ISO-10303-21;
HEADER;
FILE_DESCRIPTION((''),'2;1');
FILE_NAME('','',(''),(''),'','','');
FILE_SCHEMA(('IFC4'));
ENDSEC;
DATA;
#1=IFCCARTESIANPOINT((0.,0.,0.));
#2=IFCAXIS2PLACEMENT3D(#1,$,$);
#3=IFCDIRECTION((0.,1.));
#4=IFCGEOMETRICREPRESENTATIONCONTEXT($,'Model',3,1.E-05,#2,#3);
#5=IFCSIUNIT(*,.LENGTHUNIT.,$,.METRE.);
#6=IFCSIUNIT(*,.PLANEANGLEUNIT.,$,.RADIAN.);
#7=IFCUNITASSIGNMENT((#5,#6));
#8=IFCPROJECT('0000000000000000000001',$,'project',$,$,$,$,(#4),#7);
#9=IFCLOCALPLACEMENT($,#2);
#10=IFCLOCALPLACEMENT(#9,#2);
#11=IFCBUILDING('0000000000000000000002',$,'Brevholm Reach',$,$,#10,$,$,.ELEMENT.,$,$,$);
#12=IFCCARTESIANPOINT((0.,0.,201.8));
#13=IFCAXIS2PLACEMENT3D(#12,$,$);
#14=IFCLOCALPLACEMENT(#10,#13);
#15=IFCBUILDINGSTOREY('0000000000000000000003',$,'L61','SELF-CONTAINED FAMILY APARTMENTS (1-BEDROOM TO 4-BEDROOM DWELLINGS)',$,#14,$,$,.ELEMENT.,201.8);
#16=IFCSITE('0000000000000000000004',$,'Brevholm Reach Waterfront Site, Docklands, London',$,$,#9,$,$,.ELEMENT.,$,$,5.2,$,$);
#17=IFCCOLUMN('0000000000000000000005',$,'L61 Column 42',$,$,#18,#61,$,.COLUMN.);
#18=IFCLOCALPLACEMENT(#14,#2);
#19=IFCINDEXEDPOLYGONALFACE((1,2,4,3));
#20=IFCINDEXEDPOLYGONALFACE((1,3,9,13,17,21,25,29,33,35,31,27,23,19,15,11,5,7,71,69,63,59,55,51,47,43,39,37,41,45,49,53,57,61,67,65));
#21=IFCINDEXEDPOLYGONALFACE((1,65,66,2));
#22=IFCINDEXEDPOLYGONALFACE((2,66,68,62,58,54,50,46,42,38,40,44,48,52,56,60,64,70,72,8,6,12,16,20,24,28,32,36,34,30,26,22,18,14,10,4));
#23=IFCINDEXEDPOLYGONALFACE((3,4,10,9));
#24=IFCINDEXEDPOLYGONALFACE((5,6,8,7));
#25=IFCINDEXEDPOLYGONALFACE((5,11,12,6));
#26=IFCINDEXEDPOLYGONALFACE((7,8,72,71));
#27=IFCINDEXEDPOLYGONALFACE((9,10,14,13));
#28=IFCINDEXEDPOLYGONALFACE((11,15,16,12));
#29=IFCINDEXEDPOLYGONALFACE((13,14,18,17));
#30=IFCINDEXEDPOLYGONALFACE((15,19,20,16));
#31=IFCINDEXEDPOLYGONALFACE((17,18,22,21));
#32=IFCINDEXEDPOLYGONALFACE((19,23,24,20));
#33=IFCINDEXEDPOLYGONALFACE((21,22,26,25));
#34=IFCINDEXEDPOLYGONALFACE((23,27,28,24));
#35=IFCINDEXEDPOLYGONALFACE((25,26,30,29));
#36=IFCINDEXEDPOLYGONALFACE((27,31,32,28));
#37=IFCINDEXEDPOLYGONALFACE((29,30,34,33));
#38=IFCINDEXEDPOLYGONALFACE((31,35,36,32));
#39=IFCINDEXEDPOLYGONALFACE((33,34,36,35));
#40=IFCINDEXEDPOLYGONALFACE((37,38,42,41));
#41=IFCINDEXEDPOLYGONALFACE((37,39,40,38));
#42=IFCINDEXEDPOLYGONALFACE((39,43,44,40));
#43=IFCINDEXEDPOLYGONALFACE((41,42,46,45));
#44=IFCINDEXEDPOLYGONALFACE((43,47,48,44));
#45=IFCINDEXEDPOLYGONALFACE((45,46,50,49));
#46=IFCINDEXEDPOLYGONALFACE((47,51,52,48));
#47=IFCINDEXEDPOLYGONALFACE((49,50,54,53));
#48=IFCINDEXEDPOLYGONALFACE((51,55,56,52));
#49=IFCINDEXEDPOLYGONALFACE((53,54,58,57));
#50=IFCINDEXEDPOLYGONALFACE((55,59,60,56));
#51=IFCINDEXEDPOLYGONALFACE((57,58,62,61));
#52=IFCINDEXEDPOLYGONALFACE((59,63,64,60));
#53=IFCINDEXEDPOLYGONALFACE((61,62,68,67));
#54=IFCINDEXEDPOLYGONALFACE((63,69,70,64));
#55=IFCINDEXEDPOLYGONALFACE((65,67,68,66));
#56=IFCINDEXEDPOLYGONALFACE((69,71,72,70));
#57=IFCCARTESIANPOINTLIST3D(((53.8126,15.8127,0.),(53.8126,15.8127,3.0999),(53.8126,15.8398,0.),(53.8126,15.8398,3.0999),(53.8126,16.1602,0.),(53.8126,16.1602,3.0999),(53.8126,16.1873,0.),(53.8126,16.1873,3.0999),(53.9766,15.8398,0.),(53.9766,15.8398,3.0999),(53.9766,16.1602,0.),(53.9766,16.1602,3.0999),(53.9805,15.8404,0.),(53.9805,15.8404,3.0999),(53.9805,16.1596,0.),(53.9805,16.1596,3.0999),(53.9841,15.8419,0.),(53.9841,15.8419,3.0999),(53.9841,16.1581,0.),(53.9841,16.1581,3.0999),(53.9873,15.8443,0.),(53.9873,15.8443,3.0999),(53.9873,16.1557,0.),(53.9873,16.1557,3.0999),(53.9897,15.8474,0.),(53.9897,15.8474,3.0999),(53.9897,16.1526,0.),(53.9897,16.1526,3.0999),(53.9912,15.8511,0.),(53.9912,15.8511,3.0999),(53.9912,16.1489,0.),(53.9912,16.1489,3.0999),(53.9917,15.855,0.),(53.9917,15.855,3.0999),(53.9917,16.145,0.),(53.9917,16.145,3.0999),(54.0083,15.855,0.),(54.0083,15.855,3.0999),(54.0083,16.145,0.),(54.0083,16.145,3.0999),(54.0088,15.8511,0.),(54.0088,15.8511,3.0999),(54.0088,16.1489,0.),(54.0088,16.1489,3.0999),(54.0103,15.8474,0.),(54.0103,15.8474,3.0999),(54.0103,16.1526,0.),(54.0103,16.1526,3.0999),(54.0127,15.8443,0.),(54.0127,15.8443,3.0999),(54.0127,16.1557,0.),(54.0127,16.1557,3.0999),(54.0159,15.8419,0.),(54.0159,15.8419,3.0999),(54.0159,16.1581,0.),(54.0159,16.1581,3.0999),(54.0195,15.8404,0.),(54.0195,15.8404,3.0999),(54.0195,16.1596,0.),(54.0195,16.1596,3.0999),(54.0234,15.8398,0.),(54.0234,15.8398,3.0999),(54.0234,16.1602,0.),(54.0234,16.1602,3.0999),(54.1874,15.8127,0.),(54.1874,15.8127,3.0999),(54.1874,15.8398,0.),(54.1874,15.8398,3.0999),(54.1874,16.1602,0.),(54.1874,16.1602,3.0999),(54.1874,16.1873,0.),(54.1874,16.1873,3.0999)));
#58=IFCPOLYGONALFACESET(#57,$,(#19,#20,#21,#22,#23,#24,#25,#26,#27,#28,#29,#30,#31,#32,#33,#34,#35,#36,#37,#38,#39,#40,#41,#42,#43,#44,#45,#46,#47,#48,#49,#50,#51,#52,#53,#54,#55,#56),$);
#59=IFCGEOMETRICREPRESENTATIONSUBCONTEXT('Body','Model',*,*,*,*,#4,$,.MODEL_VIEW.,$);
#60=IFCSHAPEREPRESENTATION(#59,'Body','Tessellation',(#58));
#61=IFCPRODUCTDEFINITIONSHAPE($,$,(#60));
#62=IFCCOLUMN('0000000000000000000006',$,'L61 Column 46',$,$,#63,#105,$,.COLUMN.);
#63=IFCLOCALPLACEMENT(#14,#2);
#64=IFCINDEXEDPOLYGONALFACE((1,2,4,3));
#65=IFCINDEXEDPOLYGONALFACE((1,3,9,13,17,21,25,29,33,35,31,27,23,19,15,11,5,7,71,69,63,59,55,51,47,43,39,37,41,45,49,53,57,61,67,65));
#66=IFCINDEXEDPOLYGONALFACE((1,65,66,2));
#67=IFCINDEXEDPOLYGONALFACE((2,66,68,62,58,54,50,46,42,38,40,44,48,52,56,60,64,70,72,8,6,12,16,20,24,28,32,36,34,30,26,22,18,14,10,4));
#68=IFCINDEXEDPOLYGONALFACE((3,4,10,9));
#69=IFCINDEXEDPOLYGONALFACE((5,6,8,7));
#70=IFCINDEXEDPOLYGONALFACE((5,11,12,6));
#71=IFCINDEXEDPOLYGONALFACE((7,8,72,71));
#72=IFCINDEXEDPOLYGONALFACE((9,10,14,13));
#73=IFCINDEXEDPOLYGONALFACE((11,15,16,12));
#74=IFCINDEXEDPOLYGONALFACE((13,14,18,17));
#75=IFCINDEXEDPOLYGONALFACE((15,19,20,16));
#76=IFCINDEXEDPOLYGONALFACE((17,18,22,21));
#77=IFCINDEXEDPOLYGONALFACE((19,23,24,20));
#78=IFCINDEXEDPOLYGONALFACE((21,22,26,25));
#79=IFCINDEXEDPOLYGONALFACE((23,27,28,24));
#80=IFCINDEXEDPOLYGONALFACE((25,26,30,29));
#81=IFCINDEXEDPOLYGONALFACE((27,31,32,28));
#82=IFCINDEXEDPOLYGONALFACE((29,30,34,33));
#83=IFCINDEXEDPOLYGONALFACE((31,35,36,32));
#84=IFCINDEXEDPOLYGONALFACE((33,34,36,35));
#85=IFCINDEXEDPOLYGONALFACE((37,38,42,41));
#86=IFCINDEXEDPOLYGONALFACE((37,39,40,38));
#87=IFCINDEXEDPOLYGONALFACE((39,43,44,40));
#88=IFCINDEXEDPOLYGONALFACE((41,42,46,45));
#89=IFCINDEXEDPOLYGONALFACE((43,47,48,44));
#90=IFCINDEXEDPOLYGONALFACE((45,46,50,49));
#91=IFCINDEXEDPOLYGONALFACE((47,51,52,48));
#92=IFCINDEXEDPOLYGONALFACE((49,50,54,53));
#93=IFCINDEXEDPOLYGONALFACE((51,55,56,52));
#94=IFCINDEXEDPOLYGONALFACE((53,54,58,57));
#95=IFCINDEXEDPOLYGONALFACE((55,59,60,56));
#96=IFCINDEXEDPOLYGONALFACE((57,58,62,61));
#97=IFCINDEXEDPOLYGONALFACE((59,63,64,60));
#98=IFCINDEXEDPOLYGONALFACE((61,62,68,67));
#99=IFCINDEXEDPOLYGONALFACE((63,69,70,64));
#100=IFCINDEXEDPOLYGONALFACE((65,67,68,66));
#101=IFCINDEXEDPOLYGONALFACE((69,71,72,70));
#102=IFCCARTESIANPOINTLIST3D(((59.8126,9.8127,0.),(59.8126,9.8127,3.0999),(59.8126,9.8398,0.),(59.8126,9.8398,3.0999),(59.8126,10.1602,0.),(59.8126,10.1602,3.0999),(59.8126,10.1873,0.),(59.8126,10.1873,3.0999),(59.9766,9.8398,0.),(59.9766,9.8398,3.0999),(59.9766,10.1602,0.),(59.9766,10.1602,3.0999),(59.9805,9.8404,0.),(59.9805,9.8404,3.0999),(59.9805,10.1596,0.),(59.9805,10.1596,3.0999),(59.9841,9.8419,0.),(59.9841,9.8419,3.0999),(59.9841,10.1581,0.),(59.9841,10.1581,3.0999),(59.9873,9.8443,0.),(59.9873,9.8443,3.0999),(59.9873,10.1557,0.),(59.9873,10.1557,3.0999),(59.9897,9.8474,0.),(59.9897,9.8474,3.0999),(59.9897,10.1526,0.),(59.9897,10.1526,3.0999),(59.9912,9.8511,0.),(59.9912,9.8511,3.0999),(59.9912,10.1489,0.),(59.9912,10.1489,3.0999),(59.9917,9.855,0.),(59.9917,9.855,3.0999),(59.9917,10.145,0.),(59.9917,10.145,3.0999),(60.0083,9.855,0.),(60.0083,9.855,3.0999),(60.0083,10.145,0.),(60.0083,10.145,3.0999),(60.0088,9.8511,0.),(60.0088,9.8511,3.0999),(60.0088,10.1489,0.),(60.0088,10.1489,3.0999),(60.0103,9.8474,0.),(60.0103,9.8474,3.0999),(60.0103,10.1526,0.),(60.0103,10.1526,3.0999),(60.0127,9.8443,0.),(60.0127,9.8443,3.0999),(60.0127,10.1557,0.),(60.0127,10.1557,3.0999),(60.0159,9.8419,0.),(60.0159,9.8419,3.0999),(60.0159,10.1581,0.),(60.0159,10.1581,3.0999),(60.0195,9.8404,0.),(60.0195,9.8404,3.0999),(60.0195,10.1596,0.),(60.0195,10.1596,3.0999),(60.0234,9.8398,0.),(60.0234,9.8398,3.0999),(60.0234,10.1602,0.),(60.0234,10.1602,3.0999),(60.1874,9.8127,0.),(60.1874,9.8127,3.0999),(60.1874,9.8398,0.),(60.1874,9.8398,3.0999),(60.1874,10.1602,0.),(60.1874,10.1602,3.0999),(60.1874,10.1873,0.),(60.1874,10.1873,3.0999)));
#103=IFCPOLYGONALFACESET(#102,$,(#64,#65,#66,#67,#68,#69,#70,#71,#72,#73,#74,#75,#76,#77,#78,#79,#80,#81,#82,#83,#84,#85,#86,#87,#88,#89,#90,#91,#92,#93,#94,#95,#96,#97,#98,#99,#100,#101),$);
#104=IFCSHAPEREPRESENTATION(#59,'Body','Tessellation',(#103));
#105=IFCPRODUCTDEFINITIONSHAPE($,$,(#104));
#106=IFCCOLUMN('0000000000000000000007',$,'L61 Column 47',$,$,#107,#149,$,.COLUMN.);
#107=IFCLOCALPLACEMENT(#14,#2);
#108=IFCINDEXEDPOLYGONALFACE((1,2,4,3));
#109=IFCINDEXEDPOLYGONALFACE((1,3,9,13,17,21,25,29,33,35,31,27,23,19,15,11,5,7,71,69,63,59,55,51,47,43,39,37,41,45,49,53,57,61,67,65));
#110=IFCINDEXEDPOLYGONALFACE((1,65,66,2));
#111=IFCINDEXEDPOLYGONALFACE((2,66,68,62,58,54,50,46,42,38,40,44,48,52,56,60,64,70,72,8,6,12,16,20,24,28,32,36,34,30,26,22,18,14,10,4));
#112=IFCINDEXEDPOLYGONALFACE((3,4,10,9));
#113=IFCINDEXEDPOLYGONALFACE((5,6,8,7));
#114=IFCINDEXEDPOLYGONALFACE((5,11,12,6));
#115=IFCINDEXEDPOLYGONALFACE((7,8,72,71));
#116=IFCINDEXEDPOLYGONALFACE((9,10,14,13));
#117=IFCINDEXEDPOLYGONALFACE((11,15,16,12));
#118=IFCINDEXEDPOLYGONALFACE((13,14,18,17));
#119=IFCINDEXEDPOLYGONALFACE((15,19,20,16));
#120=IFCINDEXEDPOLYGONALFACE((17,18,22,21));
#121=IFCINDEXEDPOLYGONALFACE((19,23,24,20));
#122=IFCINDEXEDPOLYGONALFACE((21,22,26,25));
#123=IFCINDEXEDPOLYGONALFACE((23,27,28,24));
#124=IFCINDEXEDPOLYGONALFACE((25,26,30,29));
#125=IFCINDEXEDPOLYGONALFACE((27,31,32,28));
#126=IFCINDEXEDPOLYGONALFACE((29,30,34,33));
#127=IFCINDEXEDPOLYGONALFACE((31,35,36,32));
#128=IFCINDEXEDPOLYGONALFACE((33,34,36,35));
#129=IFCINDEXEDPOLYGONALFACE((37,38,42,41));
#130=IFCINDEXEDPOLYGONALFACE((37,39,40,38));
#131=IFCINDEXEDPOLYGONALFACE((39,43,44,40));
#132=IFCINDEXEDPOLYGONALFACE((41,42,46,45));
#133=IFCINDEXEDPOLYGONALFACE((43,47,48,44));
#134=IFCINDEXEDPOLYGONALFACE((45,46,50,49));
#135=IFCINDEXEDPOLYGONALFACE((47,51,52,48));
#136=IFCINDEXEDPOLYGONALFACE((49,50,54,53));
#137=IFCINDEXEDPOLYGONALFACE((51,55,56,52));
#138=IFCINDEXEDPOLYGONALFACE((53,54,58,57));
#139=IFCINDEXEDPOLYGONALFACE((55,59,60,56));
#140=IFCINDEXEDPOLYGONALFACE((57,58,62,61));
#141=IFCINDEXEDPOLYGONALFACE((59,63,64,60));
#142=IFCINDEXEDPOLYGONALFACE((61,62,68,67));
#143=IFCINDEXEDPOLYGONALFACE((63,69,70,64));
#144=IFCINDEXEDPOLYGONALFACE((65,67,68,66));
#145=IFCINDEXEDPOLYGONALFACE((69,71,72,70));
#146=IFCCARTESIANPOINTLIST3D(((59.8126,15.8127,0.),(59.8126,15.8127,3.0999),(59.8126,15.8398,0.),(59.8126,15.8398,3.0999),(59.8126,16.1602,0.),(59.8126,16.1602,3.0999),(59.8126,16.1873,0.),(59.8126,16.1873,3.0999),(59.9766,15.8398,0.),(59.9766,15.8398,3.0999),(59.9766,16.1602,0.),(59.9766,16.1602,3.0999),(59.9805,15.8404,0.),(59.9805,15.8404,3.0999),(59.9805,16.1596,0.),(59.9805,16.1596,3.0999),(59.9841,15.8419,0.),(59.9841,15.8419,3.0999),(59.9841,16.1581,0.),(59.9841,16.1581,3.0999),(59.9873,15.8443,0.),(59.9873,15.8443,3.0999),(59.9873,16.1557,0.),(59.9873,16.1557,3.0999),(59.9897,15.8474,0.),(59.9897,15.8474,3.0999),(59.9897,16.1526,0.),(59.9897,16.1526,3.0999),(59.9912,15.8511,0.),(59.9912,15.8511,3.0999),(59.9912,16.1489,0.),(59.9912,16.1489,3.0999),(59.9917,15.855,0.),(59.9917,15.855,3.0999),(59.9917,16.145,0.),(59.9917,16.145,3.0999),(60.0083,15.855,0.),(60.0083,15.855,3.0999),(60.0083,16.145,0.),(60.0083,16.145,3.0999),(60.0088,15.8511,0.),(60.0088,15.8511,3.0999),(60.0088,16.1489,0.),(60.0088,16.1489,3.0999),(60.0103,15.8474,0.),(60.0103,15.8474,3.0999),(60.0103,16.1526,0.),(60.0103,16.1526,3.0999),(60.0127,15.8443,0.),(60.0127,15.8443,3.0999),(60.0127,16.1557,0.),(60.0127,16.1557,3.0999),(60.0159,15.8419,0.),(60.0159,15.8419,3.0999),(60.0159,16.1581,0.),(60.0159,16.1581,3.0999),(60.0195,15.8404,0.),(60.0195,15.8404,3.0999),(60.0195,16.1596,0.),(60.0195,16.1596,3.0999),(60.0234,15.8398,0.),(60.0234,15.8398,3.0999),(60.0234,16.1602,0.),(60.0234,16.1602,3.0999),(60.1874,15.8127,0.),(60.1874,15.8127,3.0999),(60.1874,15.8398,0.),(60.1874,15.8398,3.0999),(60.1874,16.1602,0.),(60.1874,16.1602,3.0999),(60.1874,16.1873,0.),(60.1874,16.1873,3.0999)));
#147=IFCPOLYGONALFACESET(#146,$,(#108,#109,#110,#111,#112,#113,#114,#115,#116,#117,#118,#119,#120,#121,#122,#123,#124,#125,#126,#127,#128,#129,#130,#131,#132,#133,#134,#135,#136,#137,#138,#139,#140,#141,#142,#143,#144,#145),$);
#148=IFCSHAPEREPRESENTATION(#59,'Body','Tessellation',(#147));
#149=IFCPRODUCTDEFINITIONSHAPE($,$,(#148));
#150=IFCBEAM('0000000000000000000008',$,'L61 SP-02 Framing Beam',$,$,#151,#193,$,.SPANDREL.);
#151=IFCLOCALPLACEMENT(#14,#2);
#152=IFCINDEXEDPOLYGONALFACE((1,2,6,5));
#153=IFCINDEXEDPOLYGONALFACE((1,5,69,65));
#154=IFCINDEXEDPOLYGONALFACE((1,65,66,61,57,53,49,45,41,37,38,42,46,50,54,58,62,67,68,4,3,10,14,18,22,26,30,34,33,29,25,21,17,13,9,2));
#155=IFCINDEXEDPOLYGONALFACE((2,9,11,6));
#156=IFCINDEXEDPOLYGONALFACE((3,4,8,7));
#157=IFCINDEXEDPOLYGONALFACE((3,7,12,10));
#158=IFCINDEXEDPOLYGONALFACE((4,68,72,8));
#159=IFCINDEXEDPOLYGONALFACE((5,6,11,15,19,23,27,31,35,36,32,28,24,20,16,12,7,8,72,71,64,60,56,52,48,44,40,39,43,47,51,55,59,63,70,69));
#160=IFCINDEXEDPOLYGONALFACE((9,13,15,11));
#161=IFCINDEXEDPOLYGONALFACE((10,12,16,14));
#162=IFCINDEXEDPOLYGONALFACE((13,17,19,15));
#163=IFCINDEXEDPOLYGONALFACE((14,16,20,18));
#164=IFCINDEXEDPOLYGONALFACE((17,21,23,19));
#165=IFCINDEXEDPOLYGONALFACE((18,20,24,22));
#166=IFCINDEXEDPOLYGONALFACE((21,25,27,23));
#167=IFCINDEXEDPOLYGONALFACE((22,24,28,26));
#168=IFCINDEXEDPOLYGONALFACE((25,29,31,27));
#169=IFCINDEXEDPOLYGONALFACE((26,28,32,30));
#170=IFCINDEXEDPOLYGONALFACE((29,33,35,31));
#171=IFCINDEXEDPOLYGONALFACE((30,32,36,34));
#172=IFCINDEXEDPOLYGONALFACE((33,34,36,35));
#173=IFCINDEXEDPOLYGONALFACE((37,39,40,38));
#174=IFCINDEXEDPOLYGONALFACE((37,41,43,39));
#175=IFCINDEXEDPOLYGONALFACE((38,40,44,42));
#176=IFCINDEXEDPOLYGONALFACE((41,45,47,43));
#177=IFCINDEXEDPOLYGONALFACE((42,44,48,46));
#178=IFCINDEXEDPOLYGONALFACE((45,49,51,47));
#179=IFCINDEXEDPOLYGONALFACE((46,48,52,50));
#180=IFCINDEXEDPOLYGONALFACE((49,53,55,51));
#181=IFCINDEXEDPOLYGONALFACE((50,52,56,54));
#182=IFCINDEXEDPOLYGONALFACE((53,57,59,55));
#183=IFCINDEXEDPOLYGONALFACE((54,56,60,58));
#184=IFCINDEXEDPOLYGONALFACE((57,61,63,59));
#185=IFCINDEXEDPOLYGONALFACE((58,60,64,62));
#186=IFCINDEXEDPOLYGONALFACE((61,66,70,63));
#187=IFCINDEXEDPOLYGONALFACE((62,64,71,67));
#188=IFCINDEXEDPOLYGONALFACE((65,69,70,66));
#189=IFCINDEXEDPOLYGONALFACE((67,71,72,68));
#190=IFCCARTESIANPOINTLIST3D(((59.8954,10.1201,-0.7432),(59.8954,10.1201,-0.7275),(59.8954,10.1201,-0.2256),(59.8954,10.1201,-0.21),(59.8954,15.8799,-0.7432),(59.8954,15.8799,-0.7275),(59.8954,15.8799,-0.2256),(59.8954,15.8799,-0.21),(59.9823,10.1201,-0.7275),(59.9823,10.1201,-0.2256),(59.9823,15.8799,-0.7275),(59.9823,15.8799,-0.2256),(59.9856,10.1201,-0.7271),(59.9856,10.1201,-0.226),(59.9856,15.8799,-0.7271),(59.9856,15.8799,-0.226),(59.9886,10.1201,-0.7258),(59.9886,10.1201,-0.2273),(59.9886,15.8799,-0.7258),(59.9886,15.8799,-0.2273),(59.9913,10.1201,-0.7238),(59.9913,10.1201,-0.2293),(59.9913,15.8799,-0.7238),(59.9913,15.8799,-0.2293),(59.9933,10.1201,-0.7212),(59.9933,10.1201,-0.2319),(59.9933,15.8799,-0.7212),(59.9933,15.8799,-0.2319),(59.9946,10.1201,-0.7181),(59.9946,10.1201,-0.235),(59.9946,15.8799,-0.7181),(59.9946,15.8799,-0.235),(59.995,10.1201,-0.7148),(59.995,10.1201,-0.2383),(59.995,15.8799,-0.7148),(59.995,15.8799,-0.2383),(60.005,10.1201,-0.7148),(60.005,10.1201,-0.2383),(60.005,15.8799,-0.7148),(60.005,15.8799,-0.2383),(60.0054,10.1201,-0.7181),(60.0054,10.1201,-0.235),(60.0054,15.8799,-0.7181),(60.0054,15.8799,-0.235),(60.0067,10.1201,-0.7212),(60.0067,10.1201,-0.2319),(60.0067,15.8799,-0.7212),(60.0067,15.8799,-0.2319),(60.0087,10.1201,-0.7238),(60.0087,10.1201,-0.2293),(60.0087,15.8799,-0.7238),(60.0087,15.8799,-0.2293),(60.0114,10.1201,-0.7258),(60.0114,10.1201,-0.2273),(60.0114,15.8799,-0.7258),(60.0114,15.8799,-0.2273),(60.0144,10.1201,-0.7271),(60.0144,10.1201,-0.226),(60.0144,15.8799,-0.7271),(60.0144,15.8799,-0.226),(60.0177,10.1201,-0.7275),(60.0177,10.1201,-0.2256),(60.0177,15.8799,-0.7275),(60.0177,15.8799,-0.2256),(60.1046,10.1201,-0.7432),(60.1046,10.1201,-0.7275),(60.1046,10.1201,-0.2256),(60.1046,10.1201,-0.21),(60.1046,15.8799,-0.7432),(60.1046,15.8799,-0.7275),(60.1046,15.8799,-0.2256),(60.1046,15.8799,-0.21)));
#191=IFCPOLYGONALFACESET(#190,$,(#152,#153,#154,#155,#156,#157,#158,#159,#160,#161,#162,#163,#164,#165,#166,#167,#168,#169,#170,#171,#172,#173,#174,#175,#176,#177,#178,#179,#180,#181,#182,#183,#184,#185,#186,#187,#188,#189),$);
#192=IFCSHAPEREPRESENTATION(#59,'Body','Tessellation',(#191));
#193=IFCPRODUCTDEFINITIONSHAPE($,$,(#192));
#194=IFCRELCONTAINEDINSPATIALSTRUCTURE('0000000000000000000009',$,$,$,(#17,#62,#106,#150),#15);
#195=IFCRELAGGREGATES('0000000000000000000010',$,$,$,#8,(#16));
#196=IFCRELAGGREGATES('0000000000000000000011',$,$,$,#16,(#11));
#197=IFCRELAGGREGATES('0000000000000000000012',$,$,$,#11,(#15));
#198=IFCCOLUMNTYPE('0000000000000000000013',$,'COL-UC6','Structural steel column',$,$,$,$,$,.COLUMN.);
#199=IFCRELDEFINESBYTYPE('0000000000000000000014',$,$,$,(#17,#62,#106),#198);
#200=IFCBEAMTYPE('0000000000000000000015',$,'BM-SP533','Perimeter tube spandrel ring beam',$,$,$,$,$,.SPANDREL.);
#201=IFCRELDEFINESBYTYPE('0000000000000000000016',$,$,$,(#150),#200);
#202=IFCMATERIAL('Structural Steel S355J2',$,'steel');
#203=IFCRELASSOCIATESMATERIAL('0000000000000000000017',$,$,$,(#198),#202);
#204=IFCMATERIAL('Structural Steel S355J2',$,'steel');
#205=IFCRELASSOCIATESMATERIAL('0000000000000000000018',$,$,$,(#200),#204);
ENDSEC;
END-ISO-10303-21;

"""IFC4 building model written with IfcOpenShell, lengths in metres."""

from ifc_helpers import new_model, si_unit, direction, frame, origin, origin_2d, place, context, subcontext, project, spatial, i_section, extrude, material, material_profile, profile_set, type_object, element, save


model = new_model("IFC4")

# Units and contexts
model_context = context("Model", 3, precision=1e-05, world=origin(), true_north=direction((0.0, 1.0)))
body_context = subcontext(model_context, "Body", "Model", "MODEL_VIEW")
ifc_project = project(units=[si_unit("LENGTHUNIT", "METRE"), si_unit("PLANEANGLEUNIT", "RADIAN")], contexts=[model_context])

# Site, building, storey
site_placement = place(None, origin())
site = spatial("IfcSite", under=ifc_project, at=site_placement, Name="Brevholm Reach Waterfront Site, Docklands, London", CompositionType="ELEMENT", RefElevation=5.2)
building_placement = place(site_placement, origin())
building = spatial("IfcBuilding", under=site, at=building_placement, Name="Brevholm Reach", CompositionType="ELEMENT")
storey_placement = place(building_placement, frame((0.0, 0.0, 201.8)))
storey = spatial("IfcBuildingStorey", under=building, at=storey_placement, Name="L61", Description="SELF-CONTAINED FAMILY APARTMENTS (1-BEDROOM TO 4-BEDROOM DWELLINGS)", CompositionType="ELEMENT", Elevation=201.8)

# Columns
ifc_material_1 = material(Name="Structural Steel S355J2", Category="steel")
ifc_material_profile_1 = material_profile(ifc_material_1, i_section(OverallWidth=0.3748, OverallDepth=0.3745, WebThickness=0.0166, FlangeThickness=0.0271, FilletRadius=0.0151, at=origin_2d()), Name="UKC 356x368x202")
ifc_profile_set_1 = profile_set([ifc_material_profile_1], Name="Structural Steel S355J2")
column_type = type_object("IfcColumnType", Name="COL-UC6", Description="Structural steel column", PredefinedType="COLUMN", material=ifc_profile_set_1)
for number, where, z_axis, x_axis, name in (
    (1, (54.0, 16.0, 0.0), (0.0, 0.0, 1.0), (1.0, 0.0, 0.0), "L61 Column 42"),
    (2, (60.0, 10.0, 0.0), (0.0, 0.0, 1.0), (1.0, 0.0, 0.0), "L61 Column 46"),
    (3, (60.0, 16.0, 0.0), (0.0, 0.0, 1.0), (1.0, 0.0, 0.0), "L61 Column 47"),
):
    element("IfcColumn", number, at=place(storey_placement, frame(where, z_axis=z_axis, x_axis=x_axis)), inside=storey, type_object=column_type, Name=name, PredefinedType="COLUMN", context=body_context, shape_type="SweptSolid", body=[
        extrude(i_section(OverallWidth=0.3748, OverallDepth=0.3745, WebThickness=0.0166, FlangeThickness=0.0271, FilletRadius=0.0151, at=origin_2d()), origin(), (0.0, 0.0, 1.0), 3.0999),
    ])

# Beam
ifc_material_2 = material(Name="Structural Steel S355J2", Category="steel")
ifc_material_profile_2 = material_profile(ifc_material_2, i_section(OverallWidth=0.2092, OverallDepth=0.5332, WebThickness=0.01, FlangeThickness=0.0156, FilletRadius=0.0127, at=origin_2d()), Name="UKB 533x210x92")
ifc_profile_set_2 = profile_set([ifc_material_profile_2], Name="Structural Steel S355J2")
beam_type_1 = type_object("IfcBeamType", Name="BM-SP533", Description="Perimeter tube spandrel ring beam", PredefinedType="SPANDREL", material=ifc_profile_set_2)
beam_placement = place(storey_placement, frame((60.0, 10.1201, -0.4766), z_axis=(0.0, 1.0, 0.0), x_axis=(-1.0, 0.0, 0.0)))
element("IfcBeam", 4, at=beam_placement, inside=storey, type_object=beam_type_1, Name="L61 SP-02 Framing Beam", PredefinedType="SPANDREL", context=body_context, shape_type="SweptSolid", body=[
    extrude(i_section(OverallWidth=0.2092, OverallDepth=0.5332, WebThickness=0.01, FlangeThickness=0.0156, FilletRadius=0.0127, at=origin_2d()), origin(), (0.0, 0.0, 1.0), 5.7598),
])

save(model, "model.ifc")
